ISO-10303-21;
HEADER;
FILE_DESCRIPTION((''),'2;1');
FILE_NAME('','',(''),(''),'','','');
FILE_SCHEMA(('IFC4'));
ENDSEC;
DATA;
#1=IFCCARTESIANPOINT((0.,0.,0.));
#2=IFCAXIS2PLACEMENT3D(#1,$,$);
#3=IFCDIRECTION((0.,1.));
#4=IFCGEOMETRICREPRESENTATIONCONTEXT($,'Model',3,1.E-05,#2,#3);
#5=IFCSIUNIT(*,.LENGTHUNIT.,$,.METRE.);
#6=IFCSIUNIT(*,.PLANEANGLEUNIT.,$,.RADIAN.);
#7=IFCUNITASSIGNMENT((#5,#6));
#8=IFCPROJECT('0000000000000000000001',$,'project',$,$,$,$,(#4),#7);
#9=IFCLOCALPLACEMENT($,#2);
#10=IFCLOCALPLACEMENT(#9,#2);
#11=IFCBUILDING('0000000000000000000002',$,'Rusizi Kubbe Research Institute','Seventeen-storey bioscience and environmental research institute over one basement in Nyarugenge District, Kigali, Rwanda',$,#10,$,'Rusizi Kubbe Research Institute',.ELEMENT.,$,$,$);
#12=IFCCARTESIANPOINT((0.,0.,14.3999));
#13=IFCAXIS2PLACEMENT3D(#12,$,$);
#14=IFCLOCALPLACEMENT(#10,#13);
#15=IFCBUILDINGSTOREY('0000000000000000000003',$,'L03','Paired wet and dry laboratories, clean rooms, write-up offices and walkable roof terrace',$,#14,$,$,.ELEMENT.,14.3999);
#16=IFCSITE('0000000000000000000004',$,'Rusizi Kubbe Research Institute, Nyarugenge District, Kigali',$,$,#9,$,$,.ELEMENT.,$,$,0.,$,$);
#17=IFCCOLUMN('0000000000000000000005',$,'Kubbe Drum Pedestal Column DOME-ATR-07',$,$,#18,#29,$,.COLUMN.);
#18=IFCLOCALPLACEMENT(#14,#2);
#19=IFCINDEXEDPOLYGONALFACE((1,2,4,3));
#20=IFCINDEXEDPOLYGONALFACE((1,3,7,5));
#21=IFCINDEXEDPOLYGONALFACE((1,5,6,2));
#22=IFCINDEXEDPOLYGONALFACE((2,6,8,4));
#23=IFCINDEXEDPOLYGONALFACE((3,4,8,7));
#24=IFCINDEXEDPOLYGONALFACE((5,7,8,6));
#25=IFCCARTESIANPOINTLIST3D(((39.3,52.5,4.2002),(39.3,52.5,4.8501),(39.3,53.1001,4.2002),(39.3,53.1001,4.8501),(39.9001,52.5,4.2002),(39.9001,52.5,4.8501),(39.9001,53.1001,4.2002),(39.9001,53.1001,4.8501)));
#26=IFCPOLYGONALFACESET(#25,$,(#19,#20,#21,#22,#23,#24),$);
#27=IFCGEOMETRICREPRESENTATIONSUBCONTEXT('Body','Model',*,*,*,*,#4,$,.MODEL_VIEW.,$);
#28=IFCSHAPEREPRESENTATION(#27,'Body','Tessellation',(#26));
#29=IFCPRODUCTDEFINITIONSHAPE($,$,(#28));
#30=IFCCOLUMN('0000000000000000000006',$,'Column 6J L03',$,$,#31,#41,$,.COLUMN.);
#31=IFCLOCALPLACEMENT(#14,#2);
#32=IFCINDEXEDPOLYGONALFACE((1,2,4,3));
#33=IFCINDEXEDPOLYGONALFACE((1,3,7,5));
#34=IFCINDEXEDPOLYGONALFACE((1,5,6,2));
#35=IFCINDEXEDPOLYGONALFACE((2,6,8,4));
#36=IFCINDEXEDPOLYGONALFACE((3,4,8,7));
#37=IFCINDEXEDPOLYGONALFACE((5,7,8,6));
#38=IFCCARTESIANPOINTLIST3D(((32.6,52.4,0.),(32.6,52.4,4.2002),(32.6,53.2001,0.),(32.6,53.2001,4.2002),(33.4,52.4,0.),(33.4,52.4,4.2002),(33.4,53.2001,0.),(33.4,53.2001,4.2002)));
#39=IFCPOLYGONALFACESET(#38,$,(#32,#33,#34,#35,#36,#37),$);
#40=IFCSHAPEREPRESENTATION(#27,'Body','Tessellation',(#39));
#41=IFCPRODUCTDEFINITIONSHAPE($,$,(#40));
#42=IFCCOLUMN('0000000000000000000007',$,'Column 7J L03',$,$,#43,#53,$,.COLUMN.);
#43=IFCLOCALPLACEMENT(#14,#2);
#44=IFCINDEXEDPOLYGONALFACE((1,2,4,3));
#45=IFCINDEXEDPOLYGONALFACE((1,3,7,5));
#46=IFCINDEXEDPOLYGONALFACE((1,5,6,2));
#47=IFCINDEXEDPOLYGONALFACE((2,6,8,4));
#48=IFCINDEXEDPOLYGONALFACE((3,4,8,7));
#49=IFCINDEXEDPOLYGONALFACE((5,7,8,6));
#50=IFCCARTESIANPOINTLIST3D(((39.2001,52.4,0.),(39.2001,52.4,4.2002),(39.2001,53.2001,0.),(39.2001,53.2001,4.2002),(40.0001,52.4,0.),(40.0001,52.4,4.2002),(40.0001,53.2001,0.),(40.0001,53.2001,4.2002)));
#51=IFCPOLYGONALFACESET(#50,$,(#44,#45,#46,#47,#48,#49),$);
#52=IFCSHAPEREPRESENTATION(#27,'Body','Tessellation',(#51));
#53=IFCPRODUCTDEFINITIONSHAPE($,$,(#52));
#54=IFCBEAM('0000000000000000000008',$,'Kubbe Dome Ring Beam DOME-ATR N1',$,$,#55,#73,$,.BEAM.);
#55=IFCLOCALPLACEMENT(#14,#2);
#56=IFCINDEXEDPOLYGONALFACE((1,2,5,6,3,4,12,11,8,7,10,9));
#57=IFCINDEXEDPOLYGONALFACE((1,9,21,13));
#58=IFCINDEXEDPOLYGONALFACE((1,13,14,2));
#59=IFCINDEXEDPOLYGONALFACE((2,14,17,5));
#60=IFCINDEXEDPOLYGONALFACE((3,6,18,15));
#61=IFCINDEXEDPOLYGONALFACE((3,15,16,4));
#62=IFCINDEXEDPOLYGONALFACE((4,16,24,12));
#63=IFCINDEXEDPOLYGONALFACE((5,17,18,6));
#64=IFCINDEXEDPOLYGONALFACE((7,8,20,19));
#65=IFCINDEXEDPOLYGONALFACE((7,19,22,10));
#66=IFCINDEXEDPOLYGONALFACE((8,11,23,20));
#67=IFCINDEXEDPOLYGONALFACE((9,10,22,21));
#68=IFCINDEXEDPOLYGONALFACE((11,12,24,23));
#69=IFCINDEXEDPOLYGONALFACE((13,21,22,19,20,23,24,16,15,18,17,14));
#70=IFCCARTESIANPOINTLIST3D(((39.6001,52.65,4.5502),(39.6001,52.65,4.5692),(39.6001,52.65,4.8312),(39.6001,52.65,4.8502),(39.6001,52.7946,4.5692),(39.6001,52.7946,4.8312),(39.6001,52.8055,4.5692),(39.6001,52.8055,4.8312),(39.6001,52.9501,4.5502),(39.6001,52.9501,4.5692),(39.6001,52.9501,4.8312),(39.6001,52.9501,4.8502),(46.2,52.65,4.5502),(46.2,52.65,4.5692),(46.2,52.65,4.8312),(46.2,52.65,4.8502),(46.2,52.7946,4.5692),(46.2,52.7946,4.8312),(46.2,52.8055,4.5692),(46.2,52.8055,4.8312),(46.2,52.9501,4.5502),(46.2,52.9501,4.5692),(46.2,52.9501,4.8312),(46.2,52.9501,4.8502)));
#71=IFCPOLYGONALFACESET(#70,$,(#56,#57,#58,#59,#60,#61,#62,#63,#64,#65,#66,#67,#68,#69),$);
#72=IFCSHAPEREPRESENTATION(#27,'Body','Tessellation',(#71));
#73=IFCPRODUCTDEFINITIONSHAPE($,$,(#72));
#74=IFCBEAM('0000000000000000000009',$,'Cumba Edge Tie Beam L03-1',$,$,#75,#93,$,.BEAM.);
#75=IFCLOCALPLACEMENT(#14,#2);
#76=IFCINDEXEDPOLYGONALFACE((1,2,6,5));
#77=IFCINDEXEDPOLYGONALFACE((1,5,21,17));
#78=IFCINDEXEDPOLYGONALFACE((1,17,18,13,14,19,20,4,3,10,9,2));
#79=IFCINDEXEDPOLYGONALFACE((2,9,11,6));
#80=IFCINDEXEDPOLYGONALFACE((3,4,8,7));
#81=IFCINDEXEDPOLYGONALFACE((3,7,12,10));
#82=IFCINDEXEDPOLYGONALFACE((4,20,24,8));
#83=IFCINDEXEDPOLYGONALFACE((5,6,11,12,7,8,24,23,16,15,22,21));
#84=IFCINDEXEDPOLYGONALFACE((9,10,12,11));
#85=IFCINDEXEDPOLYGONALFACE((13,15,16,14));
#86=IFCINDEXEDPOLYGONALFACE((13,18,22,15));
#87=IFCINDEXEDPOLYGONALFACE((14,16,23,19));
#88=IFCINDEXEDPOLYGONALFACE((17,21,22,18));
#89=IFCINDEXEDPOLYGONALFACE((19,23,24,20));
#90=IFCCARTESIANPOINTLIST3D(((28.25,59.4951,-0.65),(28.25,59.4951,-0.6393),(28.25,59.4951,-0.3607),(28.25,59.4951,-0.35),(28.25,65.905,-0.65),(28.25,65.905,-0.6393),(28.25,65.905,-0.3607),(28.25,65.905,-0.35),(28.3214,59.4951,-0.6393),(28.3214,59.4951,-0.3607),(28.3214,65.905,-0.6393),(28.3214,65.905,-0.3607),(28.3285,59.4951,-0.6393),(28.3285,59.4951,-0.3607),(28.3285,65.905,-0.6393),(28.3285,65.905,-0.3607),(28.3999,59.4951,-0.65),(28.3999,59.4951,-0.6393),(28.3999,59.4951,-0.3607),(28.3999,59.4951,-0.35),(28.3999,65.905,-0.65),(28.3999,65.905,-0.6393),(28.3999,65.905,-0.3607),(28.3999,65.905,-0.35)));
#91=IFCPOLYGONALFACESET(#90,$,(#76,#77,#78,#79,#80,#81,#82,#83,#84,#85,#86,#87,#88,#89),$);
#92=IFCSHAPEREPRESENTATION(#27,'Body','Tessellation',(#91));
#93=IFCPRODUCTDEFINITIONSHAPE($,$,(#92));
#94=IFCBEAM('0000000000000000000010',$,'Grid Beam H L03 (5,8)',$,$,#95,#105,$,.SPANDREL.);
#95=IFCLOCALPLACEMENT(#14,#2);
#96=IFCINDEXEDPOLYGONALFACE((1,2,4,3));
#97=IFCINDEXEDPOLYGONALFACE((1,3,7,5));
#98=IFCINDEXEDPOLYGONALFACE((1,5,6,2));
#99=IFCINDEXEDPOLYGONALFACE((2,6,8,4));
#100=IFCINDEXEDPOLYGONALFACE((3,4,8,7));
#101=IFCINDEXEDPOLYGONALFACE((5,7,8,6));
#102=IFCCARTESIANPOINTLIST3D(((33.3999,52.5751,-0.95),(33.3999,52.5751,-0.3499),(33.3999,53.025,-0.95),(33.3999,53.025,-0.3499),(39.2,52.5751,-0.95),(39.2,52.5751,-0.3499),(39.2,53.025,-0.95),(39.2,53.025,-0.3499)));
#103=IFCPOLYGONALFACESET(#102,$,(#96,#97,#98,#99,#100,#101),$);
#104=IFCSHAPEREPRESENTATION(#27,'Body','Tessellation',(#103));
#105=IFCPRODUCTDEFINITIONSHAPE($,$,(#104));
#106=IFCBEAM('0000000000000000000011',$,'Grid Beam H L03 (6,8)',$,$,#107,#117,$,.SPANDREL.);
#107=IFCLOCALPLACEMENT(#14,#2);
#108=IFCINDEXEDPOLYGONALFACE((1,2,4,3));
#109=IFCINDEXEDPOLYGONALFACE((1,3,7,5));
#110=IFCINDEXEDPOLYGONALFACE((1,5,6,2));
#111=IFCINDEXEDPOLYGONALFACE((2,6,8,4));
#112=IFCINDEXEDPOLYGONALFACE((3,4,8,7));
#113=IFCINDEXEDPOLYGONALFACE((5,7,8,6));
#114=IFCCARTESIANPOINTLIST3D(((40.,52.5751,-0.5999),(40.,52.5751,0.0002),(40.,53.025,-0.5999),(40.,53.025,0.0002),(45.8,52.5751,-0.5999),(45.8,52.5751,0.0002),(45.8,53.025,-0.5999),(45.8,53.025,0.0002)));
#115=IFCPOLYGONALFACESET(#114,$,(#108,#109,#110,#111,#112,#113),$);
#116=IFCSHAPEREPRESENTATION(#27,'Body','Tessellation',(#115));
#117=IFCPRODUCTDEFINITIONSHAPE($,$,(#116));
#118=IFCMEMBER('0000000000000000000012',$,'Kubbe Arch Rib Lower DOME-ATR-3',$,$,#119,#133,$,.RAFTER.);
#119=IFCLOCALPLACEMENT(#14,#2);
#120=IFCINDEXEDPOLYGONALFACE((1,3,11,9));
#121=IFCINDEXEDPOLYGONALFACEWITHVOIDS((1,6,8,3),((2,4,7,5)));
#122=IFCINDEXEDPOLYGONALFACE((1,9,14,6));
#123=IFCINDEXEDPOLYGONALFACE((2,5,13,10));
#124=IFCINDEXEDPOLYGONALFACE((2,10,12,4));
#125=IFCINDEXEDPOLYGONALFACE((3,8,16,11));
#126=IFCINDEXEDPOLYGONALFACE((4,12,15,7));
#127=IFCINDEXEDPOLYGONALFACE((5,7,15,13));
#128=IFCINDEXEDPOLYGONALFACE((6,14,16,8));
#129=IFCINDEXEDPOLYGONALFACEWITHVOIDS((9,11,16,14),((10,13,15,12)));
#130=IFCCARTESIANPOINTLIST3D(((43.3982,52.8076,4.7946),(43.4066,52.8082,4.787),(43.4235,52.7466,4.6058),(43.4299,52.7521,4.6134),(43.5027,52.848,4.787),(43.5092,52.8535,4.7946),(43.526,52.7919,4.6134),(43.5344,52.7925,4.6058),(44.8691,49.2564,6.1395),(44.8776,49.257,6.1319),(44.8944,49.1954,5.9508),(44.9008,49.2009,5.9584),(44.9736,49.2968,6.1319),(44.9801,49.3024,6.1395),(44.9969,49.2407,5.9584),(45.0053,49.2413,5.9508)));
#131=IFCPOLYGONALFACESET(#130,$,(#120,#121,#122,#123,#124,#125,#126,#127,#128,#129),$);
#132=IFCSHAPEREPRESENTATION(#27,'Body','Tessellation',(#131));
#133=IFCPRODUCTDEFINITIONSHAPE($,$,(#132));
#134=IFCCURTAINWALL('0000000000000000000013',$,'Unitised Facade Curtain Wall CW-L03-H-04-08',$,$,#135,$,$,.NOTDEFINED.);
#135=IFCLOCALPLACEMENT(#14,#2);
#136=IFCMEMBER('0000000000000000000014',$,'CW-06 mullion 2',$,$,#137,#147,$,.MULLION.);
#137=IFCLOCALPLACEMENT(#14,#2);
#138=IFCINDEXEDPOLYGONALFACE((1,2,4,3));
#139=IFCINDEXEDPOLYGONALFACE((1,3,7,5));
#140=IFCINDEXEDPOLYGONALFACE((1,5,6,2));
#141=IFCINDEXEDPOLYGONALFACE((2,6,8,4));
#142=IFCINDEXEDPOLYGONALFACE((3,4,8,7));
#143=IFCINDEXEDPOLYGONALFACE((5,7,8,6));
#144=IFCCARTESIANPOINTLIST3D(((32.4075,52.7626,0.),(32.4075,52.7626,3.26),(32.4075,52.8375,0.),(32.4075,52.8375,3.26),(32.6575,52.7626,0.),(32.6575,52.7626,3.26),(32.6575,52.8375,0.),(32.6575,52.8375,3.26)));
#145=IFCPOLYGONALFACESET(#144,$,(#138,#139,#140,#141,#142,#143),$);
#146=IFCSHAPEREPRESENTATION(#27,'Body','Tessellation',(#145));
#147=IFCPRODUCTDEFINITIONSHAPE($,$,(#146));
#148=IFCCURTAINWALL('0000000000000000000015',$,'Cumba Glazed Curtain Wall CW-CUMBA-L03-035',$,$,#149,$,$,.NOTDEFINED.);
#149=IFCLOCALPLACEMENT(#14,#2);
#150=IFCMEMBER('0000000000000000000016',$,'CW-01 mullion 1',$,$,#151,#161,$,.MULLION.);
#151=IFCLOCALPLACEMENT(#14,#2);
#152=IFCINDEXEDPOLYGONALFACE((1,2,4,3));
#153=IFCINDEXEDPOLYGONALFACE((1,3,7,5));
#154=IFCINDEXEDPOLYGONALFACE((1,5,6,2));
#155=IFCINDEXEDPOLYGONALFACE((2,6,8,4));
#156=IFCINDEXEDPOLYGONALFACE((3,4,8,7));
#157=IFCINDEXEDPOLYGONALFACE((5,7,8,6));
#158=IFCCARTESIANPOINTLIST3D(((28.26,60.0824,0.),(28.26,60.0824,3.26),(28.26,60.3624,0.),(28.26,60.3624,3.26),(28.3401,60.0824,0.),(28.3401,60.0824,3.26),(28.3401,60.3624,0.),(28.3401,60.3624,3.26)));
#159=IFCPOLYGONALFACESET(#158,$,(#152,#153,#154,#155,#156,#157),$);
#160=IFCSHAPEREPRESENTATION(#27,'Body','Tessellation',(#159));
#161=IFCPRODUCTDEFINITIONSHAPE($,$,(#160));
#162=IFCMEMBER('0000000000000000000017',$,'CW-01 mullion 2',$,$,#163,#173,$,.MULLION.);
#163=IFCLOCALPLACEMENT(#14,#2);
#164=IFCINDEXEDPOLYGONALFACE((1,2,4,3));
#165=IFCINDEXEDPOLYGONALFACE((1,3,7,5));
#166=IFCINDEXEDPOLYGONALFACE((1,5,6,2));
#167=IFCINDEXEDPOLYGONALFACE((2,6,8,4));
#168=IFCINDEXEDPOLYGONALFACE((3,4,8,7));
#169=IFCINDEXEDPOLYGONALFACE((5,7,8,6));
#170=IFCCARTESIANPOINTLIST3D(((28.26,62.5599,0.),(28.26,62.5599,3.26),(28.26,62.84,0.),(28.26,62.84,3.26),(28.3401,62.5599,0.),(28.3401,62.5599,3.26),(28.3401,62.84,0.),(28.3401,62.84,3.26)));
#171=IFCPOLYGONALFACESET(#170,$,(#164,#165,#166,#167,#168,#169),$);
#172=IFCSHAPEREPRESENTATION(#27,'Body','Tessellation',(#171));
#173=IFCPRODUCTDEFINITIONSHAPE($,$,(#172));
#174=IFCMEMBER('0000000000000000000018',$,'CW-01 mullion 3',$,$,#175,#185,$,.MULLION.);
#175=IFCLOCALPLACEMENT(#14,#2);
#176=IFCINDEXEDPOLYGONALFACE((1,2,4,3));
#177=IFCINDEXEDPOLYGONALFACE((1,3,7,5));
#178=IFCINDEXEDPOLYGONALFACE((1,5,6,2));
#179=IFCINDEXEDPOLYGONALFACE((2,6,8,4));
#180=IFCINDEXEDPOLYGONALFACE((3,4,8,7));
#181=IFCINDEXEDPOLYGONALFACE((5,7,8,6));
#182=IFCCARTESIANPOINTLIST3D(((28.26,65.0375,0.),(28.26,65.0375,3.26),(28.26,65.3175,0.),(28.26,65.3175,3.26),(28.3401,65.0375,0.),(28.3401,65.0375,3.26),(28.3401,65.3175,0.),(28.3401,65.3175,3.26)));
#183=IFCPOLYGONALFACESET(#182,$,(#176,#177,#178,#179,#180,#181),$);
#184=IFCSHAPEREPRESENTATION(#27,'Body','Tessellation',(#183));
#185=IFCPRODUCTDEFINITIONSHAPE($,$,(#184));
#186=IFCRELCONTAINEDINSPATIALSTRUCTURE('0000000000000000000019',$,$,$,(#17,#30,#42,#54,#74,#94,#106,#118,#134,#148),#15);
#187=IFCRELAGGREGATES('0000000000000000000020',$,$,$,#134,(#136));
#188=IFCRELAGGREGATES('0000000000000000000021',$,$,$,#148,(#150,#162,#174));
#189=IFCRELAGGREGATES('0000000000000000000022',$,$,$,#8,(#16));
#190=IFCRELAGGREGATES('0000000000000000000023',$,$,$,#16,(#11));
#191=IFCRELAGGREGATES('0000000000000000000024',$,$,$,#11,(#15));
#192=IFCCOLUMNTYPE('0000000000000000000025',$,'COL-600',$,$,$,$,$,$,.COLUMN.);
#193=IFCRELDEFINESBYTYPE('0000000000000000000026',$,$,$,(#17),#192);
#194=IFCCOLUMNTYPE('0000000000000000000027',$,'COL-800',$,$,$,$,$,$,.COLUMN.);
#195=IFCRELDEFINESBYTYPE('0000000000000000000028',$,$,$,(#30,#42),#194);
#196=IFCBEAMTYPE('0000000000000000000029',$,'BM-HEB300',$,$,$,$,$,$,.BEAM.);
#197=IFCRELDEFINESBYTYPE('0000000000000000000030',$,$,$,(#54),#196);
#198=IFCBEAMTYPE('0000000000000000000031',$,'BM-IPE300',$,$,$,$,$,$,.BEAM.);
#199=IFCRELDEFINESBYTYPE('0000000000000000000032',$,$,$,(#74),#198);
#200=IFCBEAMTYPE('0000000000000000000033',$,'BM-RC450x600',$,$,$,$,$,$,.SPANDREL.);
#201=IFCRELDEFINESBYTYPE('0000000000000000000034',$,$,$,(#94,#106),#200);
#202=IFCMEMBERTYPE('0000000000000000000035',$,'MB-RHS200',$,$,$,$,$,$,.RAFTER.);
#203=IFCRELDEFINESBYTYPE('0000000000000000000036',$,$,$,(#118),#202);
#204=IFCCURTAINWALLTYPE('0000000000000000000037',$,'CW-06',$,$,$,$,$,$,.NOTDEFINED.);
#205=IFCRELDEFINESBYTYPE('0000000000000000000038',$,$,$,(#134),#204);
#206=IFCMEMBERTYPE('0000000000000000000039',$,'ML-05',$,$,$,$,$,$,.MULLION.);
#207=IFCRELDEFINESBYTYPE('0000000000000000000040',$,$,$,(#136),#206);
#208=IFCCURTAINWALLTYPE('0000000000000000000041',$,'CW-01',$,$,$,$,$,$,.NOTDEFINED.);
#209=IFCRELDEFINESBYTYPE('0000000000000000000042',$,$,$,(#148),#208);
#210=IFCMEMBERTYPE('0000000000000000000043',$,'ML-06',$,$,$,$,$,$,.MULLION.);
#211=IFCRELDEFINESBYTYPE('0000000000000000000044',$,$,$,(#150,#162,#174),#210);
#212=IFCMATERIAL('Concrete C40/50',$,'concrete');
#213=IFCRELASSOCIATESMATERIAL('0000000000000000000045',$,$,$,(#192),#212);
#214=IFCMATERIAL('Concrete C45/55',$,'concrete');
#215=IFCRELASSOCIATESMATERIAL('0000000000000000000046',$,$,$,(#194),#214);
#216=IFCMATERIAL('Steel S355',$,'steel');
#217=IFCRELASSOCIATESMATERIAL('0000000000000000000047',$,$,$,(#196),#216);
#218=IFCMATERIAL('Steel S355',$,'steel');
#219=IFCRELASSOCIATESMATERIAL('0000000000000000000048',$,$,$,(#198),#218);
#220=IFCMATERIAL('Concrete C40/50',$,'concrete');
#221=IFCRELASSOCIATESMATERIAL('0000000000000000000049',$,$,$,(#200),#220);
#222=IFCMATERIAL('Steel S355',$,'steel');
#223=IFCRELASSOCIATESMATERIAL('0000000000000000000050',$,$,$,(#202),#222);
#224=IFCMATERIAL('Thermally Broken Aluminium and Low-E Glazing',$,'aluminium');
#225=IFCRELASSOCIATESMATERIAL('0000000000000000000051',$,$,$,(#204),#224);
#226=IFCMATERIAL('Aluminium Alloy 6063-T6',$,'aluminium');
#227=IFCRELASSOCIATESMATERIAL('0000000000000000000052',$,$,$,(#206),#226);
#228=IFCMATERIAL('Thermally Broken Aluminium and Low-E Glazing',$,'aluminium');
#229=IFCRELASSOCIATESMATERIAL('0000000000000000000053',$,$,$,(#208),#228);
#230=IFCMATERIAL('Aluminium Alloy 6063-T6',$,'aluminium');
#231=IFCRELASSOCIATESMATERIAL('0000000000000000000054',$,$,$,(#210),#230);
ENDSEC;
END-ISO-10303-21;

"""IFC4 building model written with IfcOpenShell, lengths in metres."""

from ifc_helpers import new_model, si_unit, direction, frame, origin, origin_2d, place, context, subcontext, project, spatial, rectangle, hollow_rectangle, i_section, extrude, material, material_profile, profile_set, type_object, element, aggregate, save


model = new_model("IFC4")

# Units and contexts
model_context = context("Model", 3, precision=1e-05, world=origin(), true_north=direction((0.0, 1.0)))
body_context = subcontext(model_context, "Body", "Model", "MODEL_VIEW")
ifc_project = project(units=[si_unit("LENGTHUNIT", "METRE"), si_unit("PLANEANGLEUNIT", "RADIAN")], contexts=[model_context])

# Site, building, storey
site_placement = place(None, origin())
site = spatial("IfcSite", under=ifc_project, at=site_placement, Name="Rusizi Kubbe Research Institute, Nyarugenge District, Kigali", CompositionType="ELEMENT", RefElevation=0.0)
building_placement = place(site_placement, origin())
building = spatial("IfcBuilding", under=site, at=building_placement, Name="Rusizi Kubbe Research Institute", Description="Seventeen-storey bioscience and environmental research institute over one basement in Nyarugenge District, Kigali, Rwanda", LongName="Rusizi Kubbe Research Institute", CompositionType="ELEMENT")
storey_placement = place(building_placement, frame((0.0, 0.0, 14.3999)))
storey = spatial("IfcBuildingStorey", under=building, at=storey_placement, Name="L03", Description="Paired wet and dry laboratories, clean rooms, write-up offices and walkable roof terrace", CompositionType="ELEMENT", Elevation=14.3999)

# Columns
ifc_material_1 = material(Name="Concrete C40/50", Category="concrete")
ifc_material_profile_1 = material_profile(ifc_material_1, rectangle(XDim=0.6001, YDim=0.6001, at=origin_2d()), Name="RC600x600")
ifc_profile_set_1 = profile_set([ifc_material_profile_1], Name="Concrete C40/50")
column_type_1 = type_object("IfcColumnType", Name="COL-600", PredefinedType="COLUMN", material=ifc_profile_set_1)
column_placement = place(storey_placement, frame((39.6001, 52.8, 4.2002), z_axis=(0.0, 0.0, 1.0), x_axis=(1.0, 0.0, 0.0)))
element("IfcColumn", 1, at=column_placement, inside=storey, type_object=column_type_1, Name="Kubbe Drum Pedestal Column DOME-ATR-07", PredefinedType="COLUMN", context=body_context, shape_type="SweptSolid", body=[
    extrude(rectangle(XDim=0.6001, YDim=0.6001, at=origin_2d()), origin(), (0.0, 0.0, 1.0), 0.6499),
])
ifc_material_2 = material(Name="Concrete C45/55", Category="concrete")
ifc_material_profile_2 = material_profile(ifc_material_2, rectangle(XDim=0.8, YDim=0.8, at=origin_2d()), Name="RC800x800")
ifc_profile_set_2 = profile_set([ifc_material_profile_2], Name="Concrete C45/55")
column_type_2 = type_object("IfcColumnType", Name="COL-800", PredefinedType="COLUMN", material=ifc_profile_set_2)
for number, where, z_axis, x_axis, name in (
    (2, (33.0, 52.8, 0.0), (0.0, 0.0, 1.0), (1.0, 0.0, 0.0), "Column 6J L03"),
    (3, (39.6001, 52.8, 0.0), (0.0, 0.0, 1.0), (1.0, 0.0, 0.0), "Column 7J L03"),
):
    element("IfcColumn", number, at=place(storey_placement, frame(where, z_axis=z_axis, x_axis=x_axis)), inside=storey, type_object=column_type_2, Name=name, PredefinedType="COLUMN", context=body_context, shape_type="SweptSolid", body=[
        extrude(rectangle(XDim=0.8, YDim=0.8, at=origin_2d()), origin(), (0.0, 0.0, 1.0), 4.2002),
    ])

# Beams
ifc_material_3 = material(Name="Steel S355", Category="steel")
ifc_material_profile_3 = material_profile(ifc_material_3, i_section(OverallWidth=0.3, OverallDepth=0.3, WebThickness=0.011, FlangeThickness=0.019, at=origin_2d()), Name="HEB 300")
ifc_profile_set_3 = profile_set([ifc_material_profile_3], Name="Steel S355")
beam_type_1 = type_object("IfcBeamType", Name="BM-HEB300", PredefinedType="BEAM", material=ifc_profile_set_3)
beam_1_placement = place(storey_placement, frame((39.6001, 52.8, 4.7002), z_axis=(1.0, 0.0, 0.0), x_axis=(0.0, 1.0, 0.0)))
element("IfcBeam", 4, at=beam_1_placement, inside=storey, type_object=beam_type_1, Name="Kubbe Dome Ring Beam DOME-ATR N1", PredefinedType="BEAM", context=body_context, shape_type="SweptSolid", body=[
    extrude(i_section(OverallWidth=0.3, OverallDepth=0.3, WebThickness=0.011, FlangeThickness=0.019, at=origin_2d()), origin(), (0.0, 0.0, 1.0), 6.5999),
])
ifc_material_4 = material(Name="Steel S355", Category="steel")
ifc_material_profile_4 = material_profile(ifc_material_4, i_section(OverallWidth=0.1499, OverallDepth=0.3, WebThickness=0.0071, FlangeThickness=0.0107, at=origin_2d()), Name="IPE 300")
ifc_profile_set_4 = profile_set([ifc_material_profile_4], Name="Steel S355")
beam_type_2 = type_object("IfcBeamType", Name="BM-IPE300", PredefinedType="BEAM", material=ifc_profile_set_4)
beam_2_placement = place(storey_placement, frame((28.325, 59.4951, -0.5), z_axis=(0.0, 1.0, 0.0), x_axis=(-1.0, 0.0, 0.0)))
element("IfcBeam", 5, at=beam_2_placement, inside=storey, type_object=beam_type_2, Name="Cumba Edge Tie Beam L03-1", PredefinedType="BEAM", context=body_context, shape_type="SweptSolid", body=[
    extrude(i_section(OverallWidth=0.1499, OverallDepth=0.3, WebThickness=0.0071, FlangeThickness=0.0107, at=origin_2d()), origin(), (0.0, 0.0, 1.0), 6.4099),
])
ifc_material_5 = material(Name="Concrete C40/50", Category="concrete")
ifc_material_profile_5 = material_profile(ifc_material_5, rectangle(XDim=0.45, YDim=0.6001, at=origin_2d()), Name="RC450x600")
ifc_profile_set_5 = profile_set([ifc_material_profile_5], Name="Concrete C40/50")
beam_type_3 = type_object("IfcBeamType", Name="BM-RC450x600", PredefinedType="SPANDREL", material=ifc_profile_set_5)
for number, where, z_axis, x_axis, name in (
    (6, (33.3999, 52.8, -0.6499), (1.0, 0.0, 0.0), (0.0, 1.0, 0.0), "Grid Beam H L03 (5,8)"),
    (7, (40.0, 52.8, -0.2998), (1.0, 0.0, 0.0), (0.0, 1.0, 0.0), "Grid Beam H L03 (6,8)"),
):
    element("IfcBeam", number, at=place(storey_placement, frame(where, z_axis=z_axis, x_axis=x_axis)), inside=storey, type_object=beam_type_3, Name=name, PredefinedType="SPANDREL", context=body_context, shape_type="SweptSolid", body=[
        extrude(rectangle(XDim=0.45, YDim=0.6001, at=origin_2d()), origin(), (0.0, 0.0, 1.0), 5.8),
    ])

# Member
ifc_material_6 = material(Name="Steel S355", Category="steel")
ifc_material_profile_6 = material_profile(ifc_material_6, hollow_rectangle(XDim=0.1201, YDim=0.2, WallThickness=0.0081, at=origin_2d()), Name="RHS 200x120x8.0")
ifc_profile_set_6 = profile_set([ifc_material_profile_6], Name="Steel S355")
member_type_1 = type_object("IfcMemberType", Name="MB-RHS200", PredefinedType="RAFTER", material=ifc_profile_set_6)
member_1_placement = place(storey_placement, frame((43.4663, 52.8, 4.7002), z_axis=(0.361202, -0.872041, 0.330268), x_axis=(0.923883, 0.382675, 0.0)))
element("IfcMember", 8, at=member_1_placement, inside=storey, type_object=member_type_1, Name="Kubbe Arch Rib Lower DOME-ATR-3", PredefinedType="RAFTER", context=body_context, shape_type="SweptSolid", body=[
    extrude(hollow_rectangle(XDim=0.1201, YDim=0.2, WallThickness=0.0081, at=origin_2d()), origin(), (0.0, 0.0, 1.0), 4.0723),
])

# Curtain wall, member
ifc_material_7 = material(Name="Thermally Broken Aluminium and Low-E Glazing", Category="aluminium")
curtain_wall_type_1 = type_object("IfcCurtainWallType", Name="CW-06", PredefinedType="NOTDEFINED", material=ifc_material_7)
curtain_wall_1_placement = place(storey_placement, origin())
curtain_wall_1 = element("IfcCurtainWall", 9, at=curtain_wall_1_placement, inside=storey, type_object=curtain_wall_type_1, Name="Unitised Facade Curtain Wall CW-L03-H-04-08", PredefinedType="NOTDEFINED")
ifc_material_8 = material(Name="Aluminium Alloy 6063-T6", Category="aluminium")
ifc_material_profile_7 = material_profile(ifc_material_8, rectangle(XDim=0.075, YDim=0.25, at=origin_2d()), Name="ALU-M 75x250")
ifc_profile_set_7 = profile_set([ifc_material_profile_7], Name="Aluminium Alloy 6063-T6")
member_type_2 = type_object("IfcMemberType", Name="ML-05", PredefinedType="MULLION", material=ifc_profile_set_7)
member_2_placement = place(storey_placement, frame((32.5325, 52.8, 0.0), z_axis=(0.0, 0.0, 1.0), x_axis=(0.0, 1.0, 0.0)))
member_2 = element("IfcMember", 10, at=member_2_placement, type_object=member_type_2, Name="CW-06 mullion 2", PredefinedType="MULLION", context=body_context, shape_type="SweptSolid", body=[
    extrude(rectangle(XDim=0.075, YDim=0.25, at=origin_2d()), origin(), (0.0, 0.0, 1.0), 3.26),
])

# Curtain wall, members
ifc_material_9 = material(Name="Thermally Broken Aluminium and Low-E Glazing", Category="aluminium")
curtain_wall_type_2 = type_object("IfcCurtainWallType", Name="CW-01", PredefinedType="NOTDEFINED", material=ifc_material_9)
curtain_wall_2_placement = place(storey_placement, origin())
curtain_wall_2 = element("IfcCurtainWall", 11, at=curtain_wall_2_placement, inside=storey, type_object=curtain_wall_type_2, Name="Cumba Glazed Curtain Wall CW-CUMBA-L03-035", PredefinedType="NOTDEFINED")
ifc_material_10 = material(Name="Aluminium Alloy 6063-T6", Category="aluminium")
ifc_material_profile_8 = material_profile(ifc_material_10, rectangle(XDim=0.0801, YDim=0.28, at=origin_2d()), Name="ALU-M 80x280")
ifc_profile_set_8 = profile_set([ifc_material_profile_8], Name="Aluminium Alloy 6063-T6")
member_type_3 = type_object("IfcMemberType", Name="ML-06", PredefinedType="MULLION", material=ifc_profile_set_8)
member_3_placement = place(storey_placement, frame((28.3, 60.2224, 0.0), z_axis=(0.0, 0.0, 1.0), x_axis=(-1.0, 0.0, 0.0)))
member_3 = element("IfcMember", 12, at=member_3_placement, type_object=member_type_3, Name="CW-01 mullion 1", PredefinedType="MULLION", context=body_context, shape_type="SweptSolid", body=[
    extrude(rectangle(XDim=0.0801, YDim=0.28, at=origin_2d()), origin(), (0.0, 0.0, 1.0), 3.26),
])
member_4_placement = place(storey_placement, frame((28.3, 62.7, 0.0), z_axis=(0.0, 0.0, 1.0), x_axis=(-1.0, 0.0, 0.0)))
member_4 = element("IfcMember", 13, at=member_4_placement, type_object=member_type_3, Name="CW-01 mullion 2", PredefinedType="MULLION", context=body_context, shape_type="SweptSolid", body=[
    extrude(rectangle(XDim=0.0801, YDim=0.28, at=origin_2d()), origin(), (0.0, 0.0, 1.0), 3.26),
])
member_5_placement = place(storey_placement, frame((28.3, 65.1775, 0.0), z_axis=(0.0, 0.0, 1.0), x_axis=(-1.0, 0.0, 0.0)))
member_5 = element("IfcMember", 14, at=member_5_placement, type_object=member_type_3, Name="CW-01 mullion 3", PredefinedType="MULLION", context=body_context, shape_type="SweptSolid", body=[
    extrude(rectangle(XDim=0.0801, YDim=0.28, at=origin_2d()), origin(), (0.0, 0.0, 1.0), 3.26),
])

aggregate(curtain_wall_1, [member_2])
aggregate(curtain_wall_2, [member_3, member_4, member_5])

save(model, "model.ifc")
